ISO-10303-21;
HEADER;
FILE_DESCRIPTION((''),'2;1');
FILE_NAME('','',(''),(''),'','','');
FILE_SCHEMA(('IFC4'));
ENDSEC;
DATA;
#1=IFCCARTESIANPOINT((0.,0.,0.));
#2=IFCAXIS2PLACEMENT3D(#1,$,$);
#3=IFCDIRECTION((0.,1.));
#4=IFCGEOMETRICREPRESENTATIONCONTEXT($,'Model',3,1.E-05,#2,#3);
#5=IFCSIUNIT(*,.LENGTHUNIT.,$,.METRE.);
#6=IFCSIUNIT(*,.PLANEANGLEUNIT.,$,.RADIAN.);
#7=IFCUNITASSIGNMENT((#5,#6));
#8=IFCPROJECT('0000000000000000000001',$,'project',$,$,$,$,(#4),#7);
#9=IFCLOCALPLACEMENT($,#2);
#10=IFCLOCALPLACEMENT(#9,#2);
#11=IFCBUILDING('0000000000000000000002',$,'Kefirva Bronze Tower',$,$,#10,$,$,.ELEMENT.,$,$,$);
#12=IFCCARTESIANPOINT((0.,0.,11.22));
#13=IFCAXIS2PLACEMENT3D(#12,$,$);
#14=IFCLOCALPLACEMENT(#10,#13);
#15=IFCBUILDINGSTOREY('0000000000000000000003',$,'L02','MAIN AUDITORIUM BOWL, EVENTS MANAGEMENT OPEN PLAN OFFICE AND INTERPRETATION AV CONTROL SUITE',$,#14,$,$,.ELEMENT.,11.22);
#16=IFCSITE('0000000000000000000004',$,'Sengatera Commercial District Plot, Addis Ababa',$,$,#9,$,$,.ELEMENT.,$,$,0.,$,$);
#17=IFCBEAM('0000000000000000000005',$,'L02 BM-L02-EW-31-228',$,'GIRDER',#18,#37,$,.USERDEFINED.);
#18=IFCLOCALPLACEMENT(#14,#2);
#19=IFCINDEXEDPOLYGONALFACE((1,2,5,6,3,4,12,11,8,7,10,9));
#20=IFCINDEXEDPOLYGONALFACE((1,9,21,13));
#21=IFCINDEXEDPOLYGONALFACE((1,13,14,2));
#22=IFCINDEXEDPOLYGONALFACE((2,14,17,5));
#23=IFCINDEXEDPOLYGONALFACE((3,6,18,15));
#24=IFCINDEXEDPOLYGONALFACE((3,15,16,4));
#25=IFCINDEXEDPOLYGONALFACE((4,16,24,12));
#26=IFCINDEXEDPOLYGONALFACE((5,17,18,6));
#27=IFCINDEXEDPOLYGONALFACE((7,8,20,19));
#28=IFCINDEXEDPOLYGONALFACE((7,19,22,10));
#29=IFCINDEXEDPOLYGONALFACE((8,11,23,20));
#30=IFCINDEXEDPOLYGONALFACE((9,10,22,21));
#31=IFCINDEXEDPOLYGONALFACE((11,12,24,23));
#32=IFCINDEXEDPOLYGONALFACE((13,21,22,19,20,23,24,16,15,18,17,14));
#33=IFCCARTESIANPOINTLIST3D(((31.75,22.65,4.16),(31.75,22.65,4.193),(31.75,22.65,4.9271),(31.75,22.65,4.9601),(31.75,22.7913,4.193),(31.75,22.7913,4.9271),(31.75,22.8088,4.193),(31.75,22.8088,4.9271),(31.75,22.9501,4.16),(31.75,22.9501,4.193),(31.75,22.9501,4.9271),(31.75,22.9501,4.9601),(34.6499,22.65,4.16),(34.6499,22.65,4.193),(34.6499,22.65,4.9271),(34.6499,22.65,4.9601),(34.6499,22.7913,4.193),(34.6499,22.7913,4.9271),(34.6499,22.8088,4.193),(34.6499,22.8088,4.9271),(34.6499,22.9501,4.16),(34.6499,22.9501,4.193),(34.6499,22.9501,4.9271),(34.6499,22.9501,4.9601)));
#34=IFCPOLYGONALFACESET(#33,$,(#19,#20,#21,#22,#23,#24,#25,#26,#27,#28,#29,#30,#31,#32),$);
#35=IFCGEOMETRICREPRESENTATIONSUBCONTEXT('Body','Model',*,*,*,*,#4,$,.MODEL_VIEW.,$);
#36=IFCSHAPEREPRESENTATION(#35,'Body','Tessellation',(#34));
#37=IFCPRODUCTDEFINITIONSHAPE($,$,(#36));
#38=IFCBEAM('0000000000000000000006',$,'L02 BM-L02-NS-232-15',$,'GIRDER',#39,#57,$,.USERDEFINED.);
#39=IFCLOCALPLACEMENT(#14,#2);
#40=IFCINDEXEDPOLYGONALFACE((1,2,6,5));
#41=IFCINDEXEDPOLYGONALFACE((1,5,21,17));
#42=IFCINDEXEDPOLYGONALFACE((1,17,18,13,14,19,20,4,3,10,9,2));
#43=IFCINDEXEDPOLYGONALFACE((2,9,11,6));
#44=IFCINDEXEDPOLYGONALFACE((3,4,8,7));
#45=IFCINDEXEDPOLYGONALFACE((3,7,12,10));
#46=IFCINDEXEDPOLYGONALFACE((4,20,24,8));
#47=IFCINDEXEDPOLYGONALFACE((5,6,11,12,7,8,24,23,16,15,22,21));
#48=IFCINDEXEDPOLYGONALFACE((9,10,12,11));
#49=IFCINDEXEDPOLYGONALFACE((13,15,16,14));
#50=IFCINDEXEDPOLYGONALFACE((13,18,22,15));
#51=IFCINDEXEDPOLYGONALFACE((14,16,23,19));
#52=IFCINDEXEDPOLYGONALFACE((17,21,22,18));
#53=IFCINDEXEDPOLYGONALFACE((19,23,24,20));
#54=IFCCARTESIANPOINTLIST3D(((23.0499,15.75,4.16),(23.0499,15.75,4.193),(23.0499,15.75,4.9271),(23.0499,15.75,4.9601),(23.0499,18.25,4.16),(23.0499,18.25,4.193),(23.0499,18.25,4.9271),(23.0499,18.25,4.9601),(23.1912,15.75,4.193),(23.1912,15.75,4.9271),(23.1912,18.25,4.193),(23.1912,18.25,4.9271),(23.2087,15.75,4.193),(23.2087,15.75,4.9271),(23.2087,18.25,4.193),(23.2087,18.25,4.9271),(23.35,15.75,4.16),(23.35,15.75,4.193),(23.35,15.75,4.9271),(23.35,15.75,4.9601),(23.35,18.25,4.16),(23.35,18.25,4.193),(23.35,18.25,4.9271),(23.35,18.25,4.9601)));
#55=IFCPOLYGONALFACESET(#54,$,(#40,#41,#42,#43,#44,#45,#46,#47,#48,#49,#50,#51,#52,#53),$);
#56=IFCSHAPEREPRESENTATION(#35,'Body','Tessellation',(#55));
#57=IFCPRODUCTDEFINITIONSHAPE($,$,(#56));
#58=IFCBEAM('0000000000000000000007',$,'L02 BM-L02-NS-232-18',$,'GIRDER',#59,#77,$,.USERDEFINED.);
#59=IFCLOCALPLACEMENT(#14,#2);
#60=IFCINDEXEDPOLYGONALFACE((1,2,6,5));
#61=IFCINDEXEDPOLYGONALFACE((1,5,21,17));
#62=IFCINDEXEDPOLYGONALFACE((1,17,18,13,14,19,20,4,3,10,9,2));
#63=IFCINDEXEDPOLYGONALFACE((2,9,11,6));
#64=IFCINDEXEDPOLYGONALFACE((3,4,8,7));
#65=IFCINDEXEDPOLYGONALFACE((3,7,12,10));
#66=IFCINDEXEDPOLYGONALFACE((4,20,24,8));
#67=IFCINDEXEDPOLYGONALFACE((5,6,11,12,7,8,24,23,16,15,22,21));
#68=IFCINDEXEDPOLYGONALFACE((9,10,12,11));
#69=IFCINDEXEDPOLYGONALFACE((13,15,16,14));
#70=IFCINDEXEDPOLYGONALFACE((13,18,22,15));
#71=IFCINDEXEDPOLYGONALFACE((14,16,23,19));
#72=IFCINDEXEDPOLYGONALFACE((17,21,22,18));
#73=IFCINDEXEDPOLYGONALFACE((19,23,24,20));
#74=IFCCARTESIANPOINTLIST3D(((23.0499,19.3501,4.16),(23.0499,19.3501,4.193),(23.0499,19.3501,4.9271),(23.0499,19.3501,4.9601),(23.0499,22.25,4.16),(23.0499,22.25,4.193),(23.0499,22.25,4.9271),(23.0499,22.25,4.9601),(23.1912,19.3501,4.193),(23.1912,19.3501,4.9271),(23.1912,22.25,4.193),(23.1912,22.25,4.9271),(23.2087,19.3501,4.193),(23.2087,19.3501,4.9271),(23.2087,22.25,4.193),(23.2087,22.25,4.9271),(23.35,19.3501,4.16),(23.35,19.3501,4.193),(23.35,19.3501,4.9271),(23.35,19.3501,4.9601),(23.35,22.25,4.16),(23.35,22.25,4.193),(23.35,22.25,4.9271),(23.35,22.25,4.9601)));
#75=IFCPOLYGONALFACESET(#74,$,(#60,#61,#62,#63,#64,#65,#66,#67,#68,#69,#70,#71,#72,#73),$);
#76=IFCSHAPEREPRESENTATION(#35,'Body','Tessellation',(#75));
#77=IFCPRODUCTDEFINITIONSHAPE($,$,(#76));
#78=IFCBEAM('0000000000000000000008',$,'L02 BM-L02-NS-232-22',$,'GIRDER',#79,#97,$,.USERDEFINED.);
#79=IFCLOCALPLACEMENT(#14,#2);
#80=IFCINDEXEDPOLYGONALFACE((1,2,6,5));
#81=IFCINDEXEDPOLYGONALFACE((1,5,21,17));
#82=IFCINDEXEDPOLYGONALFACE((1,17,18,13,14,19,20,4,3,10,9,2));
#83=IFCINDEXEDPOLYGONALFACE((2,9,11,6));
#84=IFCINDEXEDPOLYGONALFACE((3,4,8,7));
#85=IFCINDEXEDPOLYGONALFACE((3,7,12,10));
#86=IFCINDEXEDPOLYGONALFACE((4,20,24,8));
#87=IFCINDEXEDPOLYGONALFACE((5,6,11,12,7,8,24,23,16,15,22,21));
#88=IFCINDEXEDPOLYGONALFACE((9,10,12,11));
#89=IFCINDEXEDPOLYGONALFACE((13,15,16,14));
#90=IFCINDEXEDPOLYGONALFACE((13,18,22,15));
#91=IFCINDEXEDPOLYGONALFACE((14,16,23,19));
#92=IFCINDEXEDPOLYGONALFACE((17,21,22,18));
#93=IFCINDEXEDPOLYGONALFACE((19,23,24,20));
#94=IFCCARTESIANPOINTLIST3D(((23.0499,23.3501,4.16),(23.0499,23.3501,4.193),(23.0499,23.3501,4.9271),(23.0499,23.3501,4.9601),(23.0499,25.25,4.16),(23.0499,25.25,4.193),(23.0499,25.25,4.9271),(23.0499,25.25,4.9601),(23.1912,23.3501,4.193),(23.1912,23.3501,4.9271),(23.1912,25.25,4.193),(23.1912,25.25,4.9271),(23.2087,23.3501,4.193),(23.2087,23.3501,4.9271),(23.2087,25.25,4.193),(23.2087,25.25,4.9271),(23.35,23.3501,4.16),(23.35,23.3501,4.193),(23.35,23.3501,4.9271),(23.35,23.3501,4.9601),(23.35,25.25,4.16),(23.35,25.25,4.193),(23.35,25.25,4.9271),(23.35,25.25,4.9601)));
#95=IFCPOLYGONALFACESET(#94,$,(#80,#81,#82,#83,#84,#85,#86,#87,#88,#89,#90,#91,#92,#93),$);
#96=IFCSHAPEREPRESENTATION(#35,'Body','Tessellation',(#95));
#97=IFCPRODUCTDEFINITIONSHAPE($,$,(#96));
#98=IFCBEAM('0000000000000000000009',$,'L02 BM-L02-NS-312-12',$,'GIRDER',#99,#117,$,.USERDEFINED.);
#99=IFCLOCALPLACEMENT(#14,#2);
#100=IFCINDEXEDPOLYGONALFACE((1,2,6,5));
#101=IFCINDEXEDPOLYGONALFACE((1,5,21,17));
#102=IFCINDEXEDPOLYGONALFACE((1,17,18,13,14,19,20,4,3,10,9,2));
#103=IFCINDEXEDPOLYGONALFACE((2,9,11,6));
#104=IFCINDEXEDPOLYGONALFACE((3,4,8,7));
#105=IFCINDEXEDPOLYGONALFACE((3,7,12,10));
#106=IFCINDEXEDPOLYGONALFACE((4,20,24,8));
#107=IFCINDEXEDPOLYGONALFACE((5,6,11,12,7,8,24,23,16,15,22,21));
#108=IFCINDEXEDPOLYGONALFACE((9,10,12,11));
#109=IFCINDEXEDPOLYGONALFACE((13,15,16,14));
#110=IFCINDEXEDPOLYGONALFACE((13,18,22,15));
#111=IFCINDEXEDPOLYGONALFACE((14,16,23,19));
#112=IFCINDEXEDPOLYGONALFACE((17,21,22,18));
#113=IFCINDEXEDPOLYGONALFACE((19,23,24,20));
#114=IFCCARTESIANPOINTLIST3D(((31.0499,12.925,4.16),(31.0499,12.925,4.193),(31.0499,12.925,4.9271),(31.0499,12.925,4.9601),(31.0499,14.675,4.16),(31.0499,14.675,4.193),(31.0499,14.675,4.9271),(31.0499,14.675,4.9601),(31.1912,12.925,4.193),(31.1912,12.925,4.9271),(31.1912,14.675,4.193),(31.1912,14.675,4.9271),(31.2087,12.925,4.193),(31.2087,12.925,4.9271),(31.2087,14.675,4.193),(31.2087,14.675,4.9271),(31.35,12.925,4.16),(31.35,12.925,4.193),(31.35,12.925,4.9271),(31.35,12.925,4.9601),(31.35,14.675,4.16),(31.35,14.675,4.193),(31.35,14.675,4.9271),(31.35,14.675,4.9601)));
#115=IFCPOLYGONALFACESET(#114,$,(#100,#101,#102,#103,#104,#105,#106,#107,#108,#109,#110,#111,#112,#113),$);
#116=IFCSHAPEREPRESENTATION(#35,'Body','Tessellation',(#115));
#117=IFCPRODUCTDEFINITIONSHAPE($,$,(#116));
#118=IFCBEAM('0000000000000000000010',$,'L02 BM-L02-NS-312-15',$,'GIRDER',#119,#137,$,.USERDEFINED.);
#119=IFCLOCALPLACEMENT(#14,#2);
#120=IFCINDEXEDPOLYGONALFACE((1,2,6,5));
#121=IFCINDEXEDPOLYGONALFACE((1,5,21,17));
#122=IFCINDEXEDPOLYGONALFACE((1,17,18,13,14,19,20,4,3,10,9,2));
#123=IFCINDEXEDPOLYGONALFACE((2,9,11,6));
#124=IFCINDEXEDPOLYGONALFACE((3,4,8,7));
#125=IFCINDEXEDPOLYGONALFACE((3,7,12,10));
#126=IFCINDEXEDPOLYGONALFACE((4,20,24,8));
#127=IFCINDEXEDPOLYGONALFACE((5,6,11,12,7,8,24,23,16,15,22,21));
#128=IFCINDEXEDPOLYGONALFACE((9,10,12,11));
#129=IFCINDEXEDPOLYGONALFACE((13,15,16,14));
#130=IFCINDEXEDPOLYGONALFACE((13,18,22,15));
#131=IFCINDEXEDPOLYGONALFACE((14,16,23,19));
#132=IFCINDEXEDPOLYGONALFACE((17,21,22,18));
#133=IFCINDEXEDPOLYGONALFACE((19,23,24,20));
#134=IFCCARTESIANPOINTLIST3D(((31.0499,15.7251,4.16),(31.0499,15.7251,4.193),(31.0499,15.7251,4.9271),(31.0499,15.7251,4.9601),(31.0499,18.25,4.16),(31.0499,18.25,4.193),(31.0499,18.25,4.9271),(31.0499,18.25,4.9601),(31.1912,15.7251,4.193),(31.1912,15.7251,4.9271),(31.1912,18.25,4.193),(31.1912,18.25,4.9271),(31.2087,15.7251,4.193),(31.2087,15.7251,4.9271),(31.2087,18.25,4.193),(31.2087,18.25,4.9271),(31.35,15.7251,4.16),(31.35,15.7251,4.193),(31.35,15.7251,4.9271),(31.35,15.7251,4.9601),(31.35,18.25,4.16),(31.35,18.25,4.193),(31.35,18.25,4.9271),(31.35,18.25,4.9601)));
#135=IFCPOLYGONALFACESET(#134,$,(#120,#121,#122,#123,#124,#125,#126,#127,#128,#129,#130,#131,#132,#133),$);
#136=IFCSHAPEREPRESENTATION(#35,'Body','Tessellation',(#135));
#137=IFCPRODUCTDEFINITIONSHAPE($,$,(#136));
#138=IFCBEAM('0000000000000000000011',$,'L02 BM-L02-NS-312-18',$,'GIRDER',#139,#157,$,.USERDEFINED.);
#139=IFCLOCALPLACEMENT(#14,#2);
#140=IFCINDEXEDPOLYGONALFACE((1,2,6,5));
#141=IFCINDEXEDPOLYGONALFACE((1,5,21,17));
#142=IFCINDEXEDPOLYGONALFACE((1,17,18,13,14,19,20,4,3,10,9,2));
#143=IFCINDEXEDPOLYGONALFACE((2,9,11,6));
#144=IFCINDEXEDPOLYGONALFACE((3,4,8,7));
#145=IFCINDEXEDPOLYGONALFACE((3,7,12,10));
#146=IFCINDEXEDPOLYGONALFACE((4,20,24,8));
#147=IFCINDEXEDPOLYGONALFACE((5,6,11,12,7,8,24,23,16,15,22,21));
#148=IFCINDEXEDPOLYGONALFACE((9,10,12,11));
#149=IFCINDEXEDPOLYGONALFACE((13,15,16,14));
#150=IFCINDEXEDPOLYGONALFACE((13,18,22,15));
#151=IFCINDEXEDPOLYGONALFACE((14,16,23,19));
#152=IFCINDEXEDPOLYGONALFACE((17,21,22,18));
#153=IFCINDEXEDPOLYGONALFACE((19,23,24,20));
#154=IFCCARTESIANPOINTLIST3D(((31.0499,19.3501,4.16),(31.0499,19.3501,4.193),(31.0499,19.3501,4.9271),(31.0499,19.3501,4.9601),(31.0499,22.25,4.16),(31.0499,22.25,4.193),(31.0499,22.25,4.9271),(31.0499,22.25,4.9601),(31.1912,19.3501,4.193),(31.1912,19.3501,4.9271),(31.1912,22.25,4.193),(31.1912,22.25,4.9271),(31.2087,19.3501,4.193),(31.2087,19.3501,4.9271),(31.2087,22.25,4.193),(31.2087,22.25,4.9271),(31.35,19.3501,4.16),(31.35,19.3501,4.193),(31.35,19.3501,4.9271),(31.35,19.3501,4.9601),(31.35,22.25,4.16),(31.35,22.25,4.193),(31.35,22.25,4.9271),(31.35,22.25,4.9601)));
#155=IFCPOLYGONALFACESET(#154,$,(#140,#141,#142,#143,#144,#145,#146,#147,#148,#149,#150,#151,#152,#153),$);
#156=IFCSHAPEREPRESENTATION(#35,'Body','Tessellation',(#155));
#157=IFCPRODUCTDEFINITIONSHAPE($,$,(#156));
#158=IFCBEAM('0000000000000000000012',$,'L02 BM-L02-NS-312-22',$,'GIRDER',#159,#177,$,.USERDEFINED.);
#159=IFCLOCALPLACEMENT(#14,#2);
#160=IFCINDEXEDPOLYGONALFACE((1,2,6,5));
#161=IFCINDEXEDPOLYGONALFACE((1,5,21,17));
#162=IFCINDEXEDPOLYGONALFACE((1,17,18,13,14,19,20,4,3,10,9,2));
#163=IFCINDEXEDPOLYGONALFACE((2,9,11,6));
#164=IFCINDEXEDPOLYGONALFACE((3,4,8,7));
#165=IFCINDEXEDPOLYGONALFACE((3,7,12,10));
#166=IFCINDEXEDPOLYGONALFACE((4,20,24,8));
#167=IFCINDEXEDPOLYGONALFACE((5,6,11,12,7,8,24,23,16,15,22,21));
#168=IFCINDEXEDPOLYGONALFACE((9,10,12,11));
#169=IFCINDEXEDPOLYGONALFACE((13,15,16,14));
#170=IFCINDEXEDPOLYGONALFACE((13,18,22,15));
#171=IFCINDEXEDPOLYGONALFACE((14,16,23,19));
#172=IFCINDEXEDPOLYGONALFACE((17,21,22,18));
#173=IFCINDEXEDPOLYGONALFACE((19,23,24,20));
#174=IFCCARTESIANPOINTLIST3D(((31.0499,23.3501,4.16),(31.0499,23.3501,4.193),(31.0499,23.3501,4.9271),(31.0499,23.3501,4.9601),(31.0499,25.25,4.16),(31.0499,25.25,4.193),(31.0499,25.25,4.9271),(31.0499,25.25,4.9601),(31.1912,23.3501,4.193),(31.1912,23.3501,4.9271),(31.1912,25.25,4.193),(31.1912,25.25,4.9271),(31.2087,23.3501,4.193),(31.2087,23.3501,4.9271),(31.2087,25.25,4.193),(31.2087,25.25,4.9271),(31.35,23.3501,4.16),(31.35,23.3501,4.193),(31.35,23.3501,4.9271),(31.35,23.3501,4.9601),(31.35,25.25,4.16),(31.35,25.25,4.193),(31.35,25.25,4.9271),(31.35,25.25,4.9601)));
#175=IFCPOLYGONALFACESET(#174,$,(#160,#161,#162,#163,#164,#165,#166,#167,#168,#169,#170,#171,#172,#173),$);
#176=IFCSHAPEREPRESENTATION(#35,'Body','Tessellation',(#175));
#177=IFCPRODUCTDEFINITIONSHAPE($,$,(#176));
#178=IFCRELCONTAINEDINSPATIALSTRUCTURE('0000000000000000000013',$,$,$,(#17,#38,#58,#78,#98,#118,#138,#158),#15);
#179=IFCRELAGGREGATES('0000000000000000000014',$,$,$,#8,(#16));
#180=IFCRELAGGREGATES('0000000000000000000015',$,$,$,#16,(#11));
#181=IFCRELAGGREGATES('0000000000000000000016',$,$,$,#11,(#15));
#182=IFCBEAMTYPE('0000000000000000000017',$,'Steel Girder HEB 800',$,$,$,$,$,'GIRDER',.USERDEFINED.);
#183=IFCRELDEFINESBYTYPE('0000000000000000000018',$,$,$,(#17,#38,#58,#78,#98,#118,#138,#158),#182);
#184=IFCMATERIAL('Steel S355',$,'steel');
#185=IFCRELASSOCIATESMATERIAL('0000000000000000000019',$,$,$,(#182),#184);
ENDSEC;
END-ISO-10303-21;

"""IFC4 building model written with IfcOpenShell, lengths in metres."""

from ifc_helpers import new_model, si_unit, direction, frame, origin, origin_2d, place, context, subcontext, project, spatial, i_section, extrude, material, material_profile, profile_set, type_object, element, save


model = new_model("IFC4")

# Units and contexts
model_context = context("Model", 3, precision=1e-05, world=origin(), true_north=direction((0.0, 1.0)))
body_context = subcontext(model_context, "Body", "Model", "MODEL_VIEW")
ifc_project = project(units=[si_unit("LENGTHUNIT", "METRE"), si_unit("PLANEANGLEUNIT", "RADIAN")], contexts=[model_context])

# Site, building, storey
site_placement = place(None, origin())
site = spatial("IfcSite", under=ifc_project, at=site_placement, Name="Sengatera Commercial District Plot, Addis Ababa", CompositionType="ELEMENT", RefElevation=0.0)
building_placement = place(site_placement, origin())
building = spatial("IfcBuilding", under=site, at=building_placement, Name="Kefirva Bronze Tower", CompositionType="ELEMENT")
storey_placement = place(building_placement, frame((0.0, 0.0, 11.22)))
storey = spatial("IfcBuildingStorey", under=building, at=storey_placement, Name="L02", Description="MAIN AUDITORIUM BOWL, EVENTS MANAGEMENT OPEN PLAN OFFICE AND INTERPRETATION AV CONTROL SUITE", CompositionType="ELEMENT", Elevation=11.22)

# Beams
ifc_material_1 = material(Name="Steel S355", Category="steel")
ifc_material_profile_1 = material_profile(ifc_material_1, i_section(OverallWidth=0.3, OverallDepth=0.8, WebThickness=0.0176, FlangeThickness=0.033, at=origin_2d()), Name="HEB 800")
ifc_profile_set_1 = profile_set([ifc_material_profile_1], Name="Steel S355")
beam_type_1 = type_object("IfcBeamType", Name="Steel Girder HEB 800", ElementType="GIRDER", PredefinedType="USERDEFINED", material=ifc_profile_set_1)
beam_1_placement = place(storey_placement, frame((31.75, 22.8, 4.5601), z_axis=(1.0, 0.0, 0.0), x_axis=(0.0, 1.0, 0.0)))
element("IfcBeam", 1, at=beam_1_placement, inside=storey, type_object=beam_type_1, Name="L02 BM-L02-EW-31-228", ObjectType="GIRDER", PredefinedType="USERDEFINED", context=body_context, shape_type="SweptSolid", body=[
    extrude(i_section(OverallWidth=0.3, OverallDepth=0.8, WebThickness=0.0176, FlangeThickness=0.033, at=origin_2d()), origin(), (0.0, 0.0, 1.0), 2.8999),
])
beam_2_placement = place(storey_placement, frame((23.2, 15.75, 4.5601), z_axis=(0.0, 1.0, 0.0), x_axis=(-1.0, 0.0, 0.0)))
element("IfcBeam", 2, at=beam_2_placement, inside=storey, type_object=beam_type_1, Name="L02 BM-L02-NS-232-15", ObjectType="GIRDER", PredefinedType="USERDEFINED", context=body_context, shape_type="SweptSolid", body=[
    extrude(i_section(OverallWidth=0.3, OverallDepth=0.8, WebThickness=0.0176, FlangeThickness=0.033, at=origin_2d()), origin(), (0.0, 0.0, 1.0), 2.5),
])
beam_3_placement = place(storey_placement, frame((23.2, 19.3501, 4.5601), z_axis=(0.0, 1.0, 0.0), x_axis=(-1.0, 0.0, 0.0)))
element("IfcBeam", 3, at=beam_3_placement, inside=storey, type_object=beam_type_1, Name="L02 BM-L02-NS-232-18", ObjectType="GIRDER", PredefinedType="USERDEFINED", context=body_context, shape_type="SweptSolid", body=[
    extrude(i_section(OverallWidth=0.3, OverallDepth=0.8, WebThickness=0.0176, FlangeThickness=0.033, at=origin_2d()), origin(), (0.0, 0.0, 1.0), 2.8999),
])
beam_4_placement = place(storey_placement, frame((23.2, 23.3501, 4.5601), z_axis=(0.0, 1.0, 0.0), x_axis=(-1.0, 0.0, 0.0)))
element("IfcBeam", 4, at=beam_4_placement, inside=storey, type_object=beam_type_1, Name="L02 BM-L02-NS-232-22", ObjectType="GIRDER", PredefinedType="USERDEFINED", context=body_context, shape_type="SweptSolid", body=[
    extrude(i_section(OverallWidth=0.3, OverallDepth=0.8, WebThickness=0.0176, FlangeThickness=0.033, at=origin_2d()), origin(), (0.0, 0.0, 1.0), 1.8999),
])
beam_5_placement = place(storey_placement, frame((31.2, 12.925, 4.5601), z_axis=(0.0, 1.0, 0.0), x_axis=(-1.0, 0.0, 0.0)))
element("IfcBeam", 5, at=beam_5_placement, inside=storey, type_object=beam_type_1, Name="L02 BM-L02-NS-312-12", ObjectType="GIRDER", PredefinedType="USERDEFINED", context=body_context, shape_type="SweptSolid", body=[
    extrude(i_section(OverallWidth=0.3, OverallDepth=0.8, WebThickness=0.0176, FlangeThickness=0.033, at=origin_2d()), origin(), (0.0, 0.0, 1.0), 1.75),
])
beam_6_placement = place(storey_placement, frame((31.2, 15.7251, 4.5601), z_axis=(0.0, 1.0, 0.0), x_axis=(-1.0, 0.0, 0.0)))
element("IfcBeam", 6, at=beam_6_placement, inside=storey, type_object=beam_type_1, Name="L02 BM-L02-NS-312-15", ObjectType="GIRDER", PredefinedType="USERDEFINED", context=body_context, shape_type="SweptSolid", body=[
    extrude(i_section(OverallWidth=0.3, OverallDepth=0.8, WebThickness=0.0176, FlangeThickness=0.033, at=origin_2d()), origin(), (0.0, 0.0, 1.0), 2.5249),
])
beam_7_placement = place(storey_placement, frame((31.2, 19.3501, 4.5601), z_axis=(0.0, 1.0, 0.0), x_axis=(-1.0, 0.0, 0.0)))
element("IfcBeam", 7, at=beam_7_placement, inside=storey, type_object=beam_type_1, Name="L02 BM-L02-NS-312-18", ObjectType="GIRDER", PredefinedType="USERDEFINED", context=body_context, shape_type="SweptSolid", body=[
    extrude(i_section(OverallWidth=0.3, OverallDepth=0.8, WebThickness=0.0176, FlangeThickness=0.033, at=origin_2d()), origin(), (0.0, 0.0, 1.0), 2.8999),
])
beam_8_placement = place(storey_placement, frame((31.2, 23.3501, 4.5601), z_axis=(0.0, 1.0, 0.0), x_axis=(-1.0, 0.0, 0.0)))
element("IfcBeam", 8, at=beam_8_placement, inside=storey, type_object=beam_type_1, Name="L02 BM-L02-NS-312-22", ObjectType="GIRDER", PredefinedType="USERDEFINED", context=body_context, shape_type="SweptSolid", body=[
    extrude(i_section(OverallWidth=0.3, OverallDepth=0.8, WebThickness=0.0176, FlangeThickness=0.033, at=origin_2d()), origin(), (0.0, 0.0, 1.0), 1.8999),
])

save(model, "model.ifc")
